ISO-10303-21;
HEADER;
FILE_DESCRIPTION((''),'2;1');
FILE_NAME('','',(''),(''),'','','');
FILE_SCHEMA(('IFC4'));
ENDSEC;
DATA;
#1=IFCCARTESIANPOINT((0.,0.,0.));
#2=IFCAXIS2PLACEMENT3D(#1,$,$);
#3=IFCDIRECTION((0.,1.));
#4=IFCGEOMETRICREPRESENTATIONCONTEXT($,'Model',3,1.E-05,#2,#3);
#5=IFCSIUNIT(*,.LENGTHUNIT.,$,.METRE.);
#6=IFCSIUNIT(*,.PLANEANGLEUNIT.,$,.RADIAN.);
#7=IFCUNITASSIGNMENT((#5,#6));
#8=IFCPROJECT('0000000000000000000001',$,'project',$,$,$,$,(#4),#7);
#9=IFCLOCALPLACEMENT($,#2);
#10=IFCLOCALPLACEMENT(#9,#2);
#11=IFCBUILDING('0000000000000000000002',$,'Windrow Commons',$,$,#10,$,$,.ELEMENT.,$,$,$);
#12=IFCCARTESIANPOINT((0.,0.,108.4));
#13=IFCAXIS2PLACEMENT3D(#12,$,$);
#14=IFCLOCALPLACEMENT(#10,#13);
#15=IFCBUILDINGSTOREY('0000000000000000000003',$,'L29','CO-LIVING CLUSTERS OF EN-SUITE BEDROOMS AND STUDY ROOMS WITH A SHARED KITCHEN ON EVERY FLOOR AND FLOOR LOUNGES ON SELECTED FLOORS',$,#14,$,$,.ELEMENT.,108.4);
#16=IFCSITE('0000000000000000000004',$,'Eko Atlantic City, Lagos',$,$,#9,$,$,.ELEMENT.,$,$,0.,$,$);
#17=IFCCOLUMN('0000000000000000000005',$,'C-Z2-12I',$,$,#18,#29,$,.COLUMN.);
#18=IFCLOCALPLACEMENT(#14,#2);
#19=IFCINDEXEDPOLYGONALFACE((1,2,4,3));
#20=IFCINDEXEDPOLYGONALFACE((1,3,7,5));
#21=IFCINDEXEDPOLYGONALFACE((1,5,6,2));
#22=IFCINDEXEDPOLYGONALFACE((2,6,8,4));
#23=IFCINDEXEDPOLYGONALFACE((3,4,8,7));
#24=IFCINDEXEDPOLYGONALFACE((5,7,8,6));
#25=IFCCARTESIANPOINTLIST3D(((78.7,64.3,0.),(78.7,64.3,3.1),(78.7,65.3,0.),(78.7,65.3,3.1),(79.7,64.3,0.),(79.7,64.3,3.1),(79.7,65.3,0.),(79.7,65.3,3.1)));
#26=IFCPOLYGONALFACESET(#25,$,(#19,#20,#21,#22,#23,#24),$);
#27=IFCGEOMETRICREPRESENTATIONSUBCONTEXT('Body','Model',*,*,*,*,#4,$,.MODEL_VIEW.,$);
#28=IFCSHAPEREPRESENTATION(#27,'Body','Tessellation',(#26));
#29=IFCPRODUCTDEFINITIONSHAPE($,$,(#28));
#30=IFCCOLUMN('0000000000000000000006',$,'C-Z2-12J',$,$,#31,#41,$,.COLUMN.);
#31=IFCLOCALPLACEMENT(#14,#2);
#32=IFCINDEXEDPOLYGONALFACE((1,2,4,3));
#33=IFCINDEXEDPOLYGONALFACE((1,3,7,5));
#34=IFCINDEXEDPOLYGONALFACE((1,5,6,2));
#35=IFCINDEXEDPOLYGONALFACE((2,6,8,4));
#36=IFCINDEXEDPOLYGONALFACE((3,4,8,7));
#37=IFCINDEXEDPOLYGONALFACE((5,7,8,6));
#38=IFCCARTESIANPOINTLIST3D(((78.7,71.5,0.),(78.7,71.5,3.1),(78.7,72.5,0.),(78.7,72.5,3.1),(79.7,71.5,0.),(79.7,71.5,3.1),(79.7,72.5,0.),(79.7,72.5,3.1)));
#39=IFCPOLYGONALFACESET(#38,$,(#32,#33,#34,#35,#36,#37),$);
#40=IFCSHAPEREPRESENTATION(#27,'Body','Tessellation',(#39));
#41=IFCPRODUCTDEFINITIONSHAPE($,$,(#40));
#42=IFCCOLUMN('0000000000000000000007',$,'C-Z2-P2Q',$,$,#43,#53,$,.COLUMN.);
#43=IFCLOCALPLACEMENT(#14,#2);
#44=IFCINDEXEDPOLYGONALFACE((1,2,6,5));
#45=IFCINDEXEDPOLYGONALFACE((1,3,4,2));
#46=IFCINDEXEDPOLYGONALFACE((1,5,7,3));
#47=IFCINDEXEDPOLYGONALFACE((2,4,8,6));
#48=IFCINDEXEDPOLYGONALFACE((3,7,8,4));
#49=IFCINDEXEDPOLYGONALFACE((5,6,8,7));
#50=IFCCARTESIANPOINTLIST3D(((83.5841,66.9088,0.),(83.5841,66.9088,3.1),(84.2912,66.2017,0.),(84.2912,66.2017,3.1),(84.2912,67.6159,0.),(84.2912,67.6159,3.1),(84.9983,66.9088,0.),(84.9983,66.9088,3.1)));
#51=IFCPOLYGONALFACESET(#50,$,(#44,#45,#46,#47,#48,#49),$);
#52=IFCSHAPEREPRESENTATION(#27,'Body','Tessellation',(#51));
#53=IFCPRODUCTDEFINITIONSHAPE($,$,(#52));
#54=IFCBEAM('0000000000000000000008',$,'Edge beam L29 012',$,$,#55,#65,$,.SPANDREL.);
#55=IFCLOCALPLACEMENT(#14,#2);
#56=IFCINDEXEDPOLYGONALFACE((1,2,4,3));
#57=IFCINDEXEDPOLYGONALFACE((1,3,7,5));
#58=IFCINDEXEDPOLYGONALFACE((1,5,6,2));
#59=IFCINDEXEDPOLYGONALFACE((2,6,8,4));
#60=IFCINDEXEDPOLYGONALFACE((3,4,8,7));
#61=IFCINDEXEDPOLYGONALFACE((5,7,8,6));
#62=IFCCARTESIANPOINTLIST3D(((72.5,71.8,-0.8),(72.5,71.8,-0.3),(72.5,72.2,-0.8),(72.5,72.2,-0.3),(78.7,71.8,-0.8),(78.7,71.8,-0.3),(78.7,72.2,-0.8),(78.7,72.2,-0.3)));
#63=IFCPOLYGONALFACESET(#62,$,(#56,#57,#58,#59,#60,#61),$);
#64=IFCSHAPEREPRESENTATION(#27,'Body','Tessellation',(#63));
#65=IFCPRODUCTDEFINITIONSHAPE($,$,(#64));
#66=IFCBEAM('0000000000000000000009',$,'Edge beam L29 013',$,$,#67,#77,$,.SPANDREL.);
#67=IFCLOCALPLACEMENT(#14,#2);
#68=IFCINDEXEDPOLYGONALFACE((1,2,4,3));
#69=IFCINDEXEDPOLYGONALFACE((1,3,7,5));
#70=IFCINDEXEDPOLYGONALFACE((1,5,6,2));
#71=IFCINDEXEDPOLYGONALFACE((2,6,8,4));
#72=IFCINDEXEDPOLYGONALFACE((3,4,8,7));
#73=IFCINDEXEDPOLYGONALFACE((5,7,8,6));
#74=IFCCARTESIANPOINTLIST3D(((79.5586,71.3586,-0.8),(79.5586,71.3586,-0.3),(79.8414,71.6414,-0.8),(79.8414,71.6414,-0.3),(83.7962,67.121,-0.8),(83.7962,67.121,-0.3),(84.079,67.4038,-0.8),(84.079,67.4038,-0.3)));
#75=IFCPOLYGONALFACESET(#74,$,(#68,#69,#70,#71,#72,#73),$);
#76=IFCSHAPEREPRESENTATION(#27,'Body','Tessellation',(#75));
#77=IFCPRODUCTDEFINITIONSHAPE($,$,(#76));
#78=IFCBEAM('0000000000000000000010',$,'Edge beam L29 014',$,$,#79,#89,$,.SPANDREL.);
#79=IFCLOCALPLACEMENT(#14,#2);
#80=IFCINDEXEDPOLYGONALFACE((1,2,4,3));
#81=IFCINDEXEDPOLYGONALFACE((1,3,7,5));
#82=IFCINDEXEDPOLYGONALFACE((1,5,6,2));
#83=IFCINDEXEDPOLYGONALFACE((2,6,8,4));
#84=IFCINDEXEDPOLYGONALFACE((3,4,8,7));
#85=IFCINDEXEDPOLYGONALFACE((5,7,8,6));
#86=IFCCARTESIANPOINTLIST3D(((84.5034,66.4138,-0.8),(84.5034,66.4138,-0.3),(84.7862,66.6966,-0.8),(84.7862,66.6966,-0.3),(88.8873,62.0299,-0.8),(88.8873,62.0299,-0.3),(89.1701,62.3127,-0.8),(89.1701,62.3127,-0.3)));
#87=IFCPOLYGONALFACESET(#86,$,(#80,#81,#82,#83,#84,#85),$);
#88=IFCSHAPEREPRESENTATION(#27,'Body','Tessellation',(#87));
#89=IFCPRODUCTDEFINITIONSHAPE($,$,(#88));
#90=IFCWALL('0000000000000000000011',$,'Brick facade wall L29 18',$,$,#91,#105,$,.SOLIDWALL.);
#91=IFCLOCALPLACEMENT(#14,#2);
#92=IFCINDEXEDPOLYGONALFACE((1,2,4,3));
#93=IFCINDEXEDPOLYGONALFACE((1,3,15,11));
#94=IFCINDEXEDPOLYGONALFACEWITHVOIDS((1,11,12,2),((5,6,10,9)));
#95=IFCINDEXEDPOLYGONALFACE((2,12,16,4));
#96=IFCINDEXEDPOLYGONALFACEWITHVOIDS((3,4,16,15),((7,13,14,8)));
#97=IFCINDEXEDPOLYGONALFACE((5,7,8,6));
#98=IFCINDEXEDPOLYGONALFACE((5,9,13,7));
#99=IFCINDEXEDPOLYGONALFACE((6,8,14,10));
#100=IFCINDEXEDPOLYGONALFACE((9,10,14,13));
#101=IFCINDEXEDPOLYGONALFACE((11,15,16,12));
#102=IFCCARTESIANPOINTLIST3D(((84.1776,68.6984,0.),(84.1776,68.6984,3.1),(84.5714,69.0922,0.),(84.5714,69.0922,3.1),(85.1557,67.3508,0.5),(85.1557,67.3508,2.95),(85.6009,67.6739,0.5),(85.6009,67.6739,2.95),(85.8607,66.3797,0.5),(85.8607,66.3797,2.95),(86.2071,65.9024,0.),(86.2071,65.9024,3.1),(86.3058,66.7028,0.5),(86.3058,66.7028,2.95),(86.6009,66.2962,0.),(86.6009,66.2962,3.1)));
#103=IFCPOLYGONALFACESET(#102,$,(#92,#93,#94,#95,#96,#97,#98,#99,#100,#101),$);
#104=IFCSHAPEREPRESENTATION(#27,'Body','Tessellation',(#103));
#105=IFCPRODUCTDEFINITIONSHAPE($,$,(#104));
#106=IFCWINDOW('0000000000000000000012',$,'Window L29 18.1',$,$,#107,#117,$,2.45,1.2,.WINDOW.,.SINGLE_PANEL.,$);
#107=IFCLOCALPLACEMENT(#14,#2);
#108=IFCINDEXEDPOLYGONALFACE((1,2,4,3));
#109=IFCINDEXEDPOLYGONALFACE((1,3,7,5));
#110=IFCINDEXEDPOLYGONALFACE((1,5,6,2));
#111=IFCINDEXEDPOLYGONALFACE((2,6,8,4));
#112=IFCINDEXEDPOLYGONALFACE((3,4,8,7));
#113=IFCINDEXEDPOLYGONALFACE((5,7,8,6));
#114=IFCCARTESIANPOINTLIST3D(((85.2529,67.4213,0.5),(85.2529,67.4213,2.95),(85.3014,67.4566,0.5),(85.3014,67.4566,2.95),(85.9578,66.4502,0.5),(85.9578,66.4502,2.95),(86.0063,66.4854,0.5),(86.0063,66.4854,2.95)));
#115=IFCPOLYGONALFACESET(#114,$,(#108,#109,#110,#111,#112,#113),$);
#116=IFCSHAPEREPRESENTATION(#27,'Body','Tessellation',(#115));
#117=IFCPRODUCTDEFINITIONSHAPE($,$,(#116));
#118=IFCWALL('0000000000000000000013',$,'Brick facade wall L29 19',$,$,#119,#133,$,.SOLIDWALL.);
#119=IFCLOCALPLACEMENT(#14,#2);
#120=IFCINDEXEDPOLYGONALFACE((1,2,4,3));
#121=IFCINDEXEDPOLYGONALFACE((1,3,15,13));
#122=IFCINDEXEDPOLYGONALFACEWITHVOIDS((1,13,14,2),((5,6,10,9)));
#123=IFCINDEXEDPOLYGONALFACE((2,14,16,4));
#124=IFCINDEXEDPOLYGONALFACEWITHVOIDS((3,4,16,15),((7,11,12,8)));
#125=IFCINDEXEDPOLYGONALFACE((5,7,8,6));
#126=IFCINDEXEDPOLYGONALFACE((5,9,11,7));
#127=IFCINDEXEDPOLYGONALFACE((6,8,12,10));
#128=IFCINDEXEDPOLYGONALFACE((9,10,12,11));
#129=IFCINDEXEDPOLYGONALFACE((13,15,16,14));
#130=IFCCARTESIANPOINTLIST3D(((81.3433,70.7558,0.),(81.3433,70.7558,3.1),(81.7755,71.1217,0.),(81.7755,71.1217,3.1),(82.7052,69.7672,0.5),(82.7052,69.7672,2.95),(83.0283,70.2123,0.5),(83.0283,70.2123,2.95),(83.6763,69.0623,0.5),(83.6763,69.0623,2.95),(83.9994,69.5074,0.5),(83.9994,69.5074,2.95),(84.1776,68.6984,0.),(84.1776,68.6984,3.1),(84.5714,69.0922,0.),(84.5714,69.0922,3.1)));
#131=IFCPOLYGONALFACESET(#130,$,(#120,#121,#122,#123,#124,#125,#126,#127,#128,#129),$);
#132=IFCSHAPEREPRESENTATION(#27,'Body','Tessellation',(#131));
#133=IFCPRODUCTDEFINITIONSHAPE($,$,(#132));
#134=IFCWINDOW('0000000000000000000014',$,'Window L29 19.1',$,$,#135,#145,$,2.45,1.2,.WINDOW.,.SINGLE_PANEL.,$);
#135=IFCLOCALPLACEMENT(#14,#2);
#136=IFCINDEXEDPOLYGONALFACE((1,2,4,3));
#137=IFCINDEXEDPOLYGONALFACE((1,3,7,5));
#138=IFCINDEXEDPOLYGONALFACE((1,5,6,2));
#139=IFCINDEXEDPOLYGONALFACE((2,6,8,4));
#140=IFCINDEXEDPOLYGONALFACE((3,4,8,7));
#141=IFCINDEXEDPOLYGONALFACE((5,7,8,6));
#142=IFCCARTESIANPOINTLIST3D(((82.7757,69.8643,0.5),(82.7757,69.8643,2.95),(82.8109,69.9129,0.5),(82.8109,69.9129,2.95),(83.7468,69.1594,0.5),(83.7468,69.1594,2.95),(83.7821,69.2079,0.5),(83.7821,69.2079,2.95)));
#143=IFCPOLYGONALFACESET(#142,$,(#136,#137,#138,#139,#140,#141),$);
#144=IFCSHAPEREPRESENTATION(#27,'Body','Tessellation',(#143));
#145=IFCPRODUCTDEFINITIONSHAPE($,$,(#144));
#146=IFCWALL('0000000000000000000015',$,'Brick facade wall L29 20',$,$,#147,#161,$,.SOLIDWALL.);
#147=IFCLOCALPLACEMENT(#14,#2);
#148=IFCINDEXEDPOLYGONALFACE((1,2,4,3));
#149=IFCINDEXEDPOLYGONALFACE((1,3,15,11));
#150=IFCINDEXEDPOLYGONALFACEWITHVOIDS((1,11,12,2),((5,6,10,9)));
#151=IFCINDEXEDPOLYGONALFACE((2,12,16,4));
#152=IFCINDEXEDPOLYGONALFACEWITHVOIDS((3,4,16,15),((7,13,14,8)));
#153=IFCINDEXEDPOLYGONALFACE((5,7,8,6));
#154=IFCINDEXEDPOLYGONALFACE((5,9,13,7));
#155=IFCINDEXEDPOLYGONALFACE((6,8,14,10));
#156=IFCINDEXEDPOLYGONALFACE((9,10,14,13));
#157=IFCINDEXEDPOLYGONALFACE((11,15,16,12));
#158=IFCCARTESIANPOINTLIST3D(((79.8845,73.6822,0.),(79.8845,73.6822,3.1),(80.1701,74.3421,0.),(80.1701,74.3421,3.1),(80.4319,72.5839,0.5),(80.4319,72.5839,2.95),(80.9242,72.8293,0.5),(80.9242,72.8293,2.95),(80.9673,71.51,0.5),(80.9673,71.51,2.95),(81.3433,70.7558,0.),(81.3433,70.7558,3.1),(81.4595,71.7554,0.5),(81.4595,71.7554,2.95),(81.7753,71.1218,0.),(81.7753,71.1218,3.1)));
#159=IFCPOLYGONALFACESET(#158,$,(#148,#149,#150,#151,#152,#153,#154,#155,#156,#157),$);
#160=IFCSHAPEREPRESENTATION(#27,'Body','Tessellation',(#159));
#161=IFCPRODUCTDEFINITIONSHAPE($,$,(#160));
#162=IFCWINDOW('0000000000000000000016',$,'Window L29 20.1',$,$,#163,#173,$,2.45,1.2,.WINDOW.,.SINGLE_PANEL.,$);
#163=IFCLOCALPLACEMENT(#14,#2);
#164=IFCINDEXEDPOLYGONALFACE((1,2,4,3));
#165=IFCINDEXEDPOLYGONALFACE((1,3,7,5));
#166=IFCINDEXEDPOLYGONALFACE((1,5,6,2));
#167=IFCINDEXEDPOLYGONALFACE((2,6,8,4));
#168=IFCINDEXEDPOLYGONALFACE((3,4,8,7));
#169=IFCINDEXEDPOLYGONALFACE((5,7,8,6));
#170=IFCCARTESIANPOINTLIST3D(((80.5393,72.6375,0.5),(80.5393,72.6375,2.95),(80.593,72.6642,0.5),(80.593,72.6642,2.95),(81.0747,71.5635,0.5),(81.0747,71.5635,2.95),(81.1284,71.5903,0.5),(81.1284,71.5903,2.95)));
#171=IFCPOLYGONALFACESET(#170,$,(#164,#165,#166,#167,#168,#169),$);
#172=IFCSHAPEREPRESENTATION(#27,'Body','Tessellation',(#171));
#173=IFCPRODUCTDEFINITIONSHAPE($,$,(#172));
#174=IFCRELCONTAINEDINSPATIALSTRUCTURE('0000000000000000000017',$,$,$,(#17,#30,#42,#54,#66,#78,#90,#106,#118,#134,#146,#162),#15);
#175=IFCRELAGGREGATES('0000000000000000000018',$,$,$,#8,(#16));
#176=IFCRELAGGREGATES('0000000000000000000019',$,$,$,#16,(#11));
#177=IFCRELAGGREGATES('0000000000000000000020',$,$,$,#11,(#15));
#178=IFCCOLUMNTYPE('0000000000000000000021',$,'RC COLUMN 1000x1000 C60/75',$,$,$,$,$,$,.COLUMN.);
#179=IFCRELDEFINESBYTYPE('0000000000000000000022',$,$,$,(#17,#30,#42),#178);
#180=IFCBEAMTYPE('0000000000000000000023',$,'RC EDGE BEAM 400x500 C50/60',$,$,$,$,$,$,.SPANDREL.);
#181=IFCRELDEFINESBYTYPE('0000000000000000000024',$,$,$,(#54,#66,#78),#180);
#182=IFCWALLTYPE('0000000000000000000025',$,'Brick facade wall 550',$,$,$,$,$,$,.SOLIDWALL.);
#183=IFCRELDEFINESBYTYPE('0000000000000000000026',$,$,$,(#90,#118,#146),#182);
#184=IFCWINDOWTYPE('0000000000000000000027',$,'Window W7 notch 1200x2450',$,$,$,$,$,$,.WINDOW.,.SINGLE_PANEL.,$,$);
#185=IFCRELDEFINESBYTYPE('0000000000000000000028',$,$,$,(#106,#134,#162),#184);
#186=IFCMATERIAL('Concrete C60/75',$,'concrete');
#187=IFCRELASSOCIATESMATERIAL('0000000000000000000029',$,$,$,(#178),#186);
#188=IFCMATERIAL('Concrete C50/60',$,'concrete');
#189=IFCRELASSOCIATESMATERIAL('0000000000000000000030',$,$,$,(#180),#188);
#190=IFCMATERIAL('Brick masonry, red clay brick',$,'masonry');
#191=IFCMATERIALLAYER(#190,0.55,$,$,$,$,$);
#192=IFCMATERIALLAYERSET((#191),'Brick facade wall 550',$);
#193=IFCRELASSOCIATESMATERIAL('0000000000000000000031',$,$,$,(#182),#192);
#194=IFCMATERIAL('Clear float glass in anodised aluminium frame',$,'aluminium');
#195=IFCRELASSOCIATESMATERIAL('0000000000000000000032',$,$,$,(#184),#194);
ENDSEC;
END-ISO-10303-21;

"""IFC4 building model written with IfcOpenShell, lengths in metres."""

from ifc_helpers import new_model, si_unit, direction, frame, frame_2d, origin, origin_2d, place, context, subcontext, project, spatial, polyline, rectangle, outline, extrude, material, layer, layer_set, material_profile, profile_set, type_object, element, fill, save


model = new_model("IFC4")

# Units and contexts
model_context = context("Model", 3, precision=1e-05, world=origin(), true_north=direction((0.0, 1.0)))
body_context = subcontext(model_context, "Body", "Model", "MODEL_VIEW")
ifc_project = project(units=[si_unit("LENGTHUNIT", "METRE"), si_unit("PLANEANGLEUNIT", "RADIAN")], contexts=[model_context])

# Site, building, storey
site_placement = place(None, origin())
site = spatial("IfcSite", under=ifc_project, at=site_placement, Name="Eko Atlantic City, Lagos", CompositionType="ELEMENT", RefElevation=0.0)
building_placement = place(site_placement, origin())
building = spatial("IfcBuilding", under=site, at=building_placement, Name="Windrow Commons", CompositionType="ELEMENT")
storey_placement = place(building_placement, frame((0.0, 0.0, 108.4)))
storey = spatial("IfcBuildingStorey", under=building, at=storey_placement, Name="L29", Description="CO-LIVING CLUSTERS OF EN-SUITE BEDROOMS AND STUDY ROOMS WITH A SHARED KITCHEN ON EVERY FLOOR AND FLOOR LOUNGES ON SELECTED FLOORS", CompositionType="ELEMENT", Elevation=108.4)

# Columns
ifc_material_1 = material(Name="Concrete C60/75", Category="concrete")
ifc_material_profile_1 = material_profile(ifc_material_1, rectangle(XDim=1.0, YDim=1.0, at=origin_2d()))
ifc_profile_set_1 = profile_set([ifc_material_profile_1], Name="Concrete C60/75")
column_type = type_object("IfcColumnType", Name="RC COLUMN 1000x1000 C60/75", PredefinedType="COLUMN", material=ifc_profile_set_1)
for number, where, z_axis, x_axis, name in (
    (1, (79.2, 64.8, 0.0), (0.0, 0.0, 1.0), (1.0, 0.0, 0.0), "C-Z2-12I"),
    (2, (79.2, 72.0, 0.0), (0.0, 0.0, 1.0), (1.0, 0.0, 0.0), "C-Z2-12J"),
    (3, (84.2912, 66.9088, 0.0), (0.0, 0.0, 1.0), (0.707107, -0.707107, 0.0), "C-Z2-P2Q"),
):
    element("IfcColumn", number, at=place(storey_placement, frame(where, z_axis=z_axis, x_axis=x_axis)), inside=storey, type_object=column_type, Name=name, PredefinedType="COLUMN", context=body_context, shape_type="SweptSolid", body=[
        extrude(rectangle(XDim=1.0, YDim=1.0, at=origin_2d()), origin(), (0.0, 0.0, 1.0), 3.1),
    ])

# Beams
ifc_material_2 = material(Name="Concrete C50/60", Category="concrete")
ifc_material_profile_2 = material_profile(ifc_material_2, rectangle(XDim=0.4, YDim=0.5, at=origin_2d()))
ifc_profile_set_2 = profile_set([ifc_material_profile_2], Name="Concrete C50/60")
beam_type = type_object("IfcBeamType", Name="RC EDGE BEAM 400x500 C50/60", PredefinedType="SPANDREL", material=ifc_profile_set_2)
beam_1_placement = place(storey_placement, frame((72.5, 72.0, -0.55), z_axis=(1.0, 0.0, 0.0), x_axis=(0.0, 1.0, 0.0)))
element("IfcBeam", 4, at=beam_1_placement, inside=storey, type_object=beam_type, Name="Edge beam L29 012", PredefinedType="SPANDREL", context=body_context, shape_type="SweptSolid", body=[
    extrude(rectangle(XDim=0.4, YDim=0.5, at=origin_2d()), origin(), (0.0, 0.0, 1.0), 6.2),
])
beam_2_placement = place(storey_placement, frame((79.7, 71.5, -0.55), z_axis=(0.707107, -0.707107, 0.0), x_axis=(0.707107, 0.707107, 0.0)))
element("IfcBeam", 5, at=beam_2_placement, inside=storey, type_object=beam_type, Name="Edge beam L29 013", PredefinedType="SPANDREL", context=body_context, shape_type="SweptSolid", body=[
    extrude(rectangle(XDim=0.4, YDim=0.5, at=origin_2d()), origin(), (0.0, 0.0, 1.0), 5.9929),
])
beam_3_placement = place(storey_placement, frame((84.6448, 66.5552, -0.55), z_axis=(0.707107, -0.707107, 0.0), x_axis=(0.707107, 0.707107, 0.0)))
element("IfcBeam", 6, at=beam_3_placement, inside=storey, type_object=beam_type, Name="Edge beam L29 014", PredefinedType="SPANDREL", context=body_context, shape_type="SweptSolid", body=[
    extrude(rectangle(XDim=0.4, YDim=0.5, at=origin_2d()), origin(), (0.0, 0.0, 1.0), 6.1998),
])

# Walls, openings, windows
ifc_material_3 = material(Name="Brick masonry, red clay brick", Category="masonry")
ifc_layer = layer(ifc_material_3, 0.55)
ifc_layer_set = layer_set([ifc_layer], Name="Brick facade wall 550")
wall_type = type_object("IfcWallType", Name="Brick facade wall 550", PredefinedType="SOLIDWALL", material=ifc_layer_set)
wall_1_placement = place(storey_placement, frame((86.404, 66.0993, 0.0), z_axis=(0.0, 0.0, 1.0), x_axis=(-0.587423, 0.80928, 0.0)))
wall_1 = element("IfcWall", 7, at=wall_1_placement, inside=storey, type_object=wall_type, Name="Brick facade wall L29 18", PredefinedType="SOLIDWALL", context=body_context, shape_type="SweptSolid", body=[
    extrude(outline(polyline([(0.0437, -0.275), (3.4986, -0.275), (3.4112, 0.275), (-0.0437, 0.275), (0.0437, -0.275)])), origin(), (0.0, 0.0, 1.0), 3.1),
])
opening_1_placement = place(wall_1_placement, frame((0.5461, 0.0, 0.5)))
opening_1 = element("IfcOpeningElement", 8, at=opening_1_placement, cuts=wall_1, PredefinedType="OPENING", context=body_context, shape_type="SweptSolid", body=[
    extrude(rectangle(XDim=1.2, YDim=2.45, at=frame_2d((0.6, 1.225))), frame((0.0, 0.285, 0.0), z_axis=(0.0, -1.0, 0.0), x_axis=(1.0, 0.0, 0.0)), (0.0, 0.0, 1.0), 0.57),
])
ifc_material_4 = material(Name="Clear float glass in anodised aluminium frame", Category="aluminium")
window_type_1 = type_object("IfcWindowType", Name="Window W7 notch 1200x2450", PartitioningType="SINGLE_PANEL", PredefinedType="WINDOW", material=ifc_material_4)
window_1_placement = place(opening_1_placement, origin())
window_1 = element("IfcWindow", 9, at=window_1_placement, inside=storey, type_object=window_type_1, Name="Window L29 18.1", OverallHeight=2.45, OverallWidth=1.2, PartitioningType="SINGLE_PANEL", PredefinedType="WINDOW", context=body_context, shape_type="SweptSolid", body=[
    extrude(rectangle(XDim=1.2, YDim=2.45, at=frame_2d((0.6, 1.225))), frame((0.0, 0.155, 0.0), z_axis=(0.0, -1.0, 0.0), x_axis=(1.0, 0.0, 0.0)), (0.0, 0.0, 1.0), 0.06),
])
fill(opening_1, window_1)
wall_2_placement = place(storey_placement, frame((84.3745, 68.8953, 0.0), z_axis=(0.0, 0.0, 1.0), x_axis=(-0.809272, 0.587435, 0.0)))
wall_2 = element("IfcWall", 10, at=wall_2_placement, inside=storey, type_object=wall_type, Name="Brick facade wall L29 19", PredefinedType="SOLIDWALL", context=body_context, shape_type="SweptSolid", body=[
    extrude(outline(polyline([(-0.0437, -0.275), (3.4112, -0.275), (3.546, 0.275), (0.0437, 0.275), (-0.0437, -0.275)])), origin(), (0.0, 0.0, 1.0), 3.1),
])
opening_2_placement = place(wall_2_placement, frame((0.6631, 0.0, 0.5)))
opening_2 = element("IfcOpeningElement", 11, at=opening_2_placement, cuts=wall_2, PredefinedType="OPENING", context=body_context, shape_type="SweptSolid", body=[
    extrude(rectangle(XDim=1.2, YDim=2.45, at=frame_2d((0.6, 1.225))), frame((0.0, 0.285, 0.0), z_axis=(0.0, -1.0, 0.0), x_axis=(1.0, 0.0, 0.0)), (0.0, 0.0, 1.0), 0.57),
])
window_2_placement = place(opening_2_placement, origin())
window_2 = element("IfcWindow", 12, at=window_2_placement, inside=storey, type_object=window_type_1, Name="Window L29 19.1", OverallHeight=2.45, OverallWidth=1.2, PartitioningType="SINGLE_PANEL", PredefinedType="WINDOW", context=body_context, shape_type="SweptSolid", body=[
    extrude(rectangle(XDim=1.2, YDim=2.45, at=frame_2d((0.6, 1.225))), frame((0.0, 0.155, 0.0), z_axis=(0.0, -1.0, 0.0), x_axis=(1.0, 0.0, 0.0)), (0.0, 0.0, 1.0), 0.06),
])
fill(opening_2, window_2)
wall_3_placement = place(storey_placement, frame((81.5593, 70.9388, 0.0), z_axis=(0.0, 0.0, 1.0), x_axis=(-0.44613, 0.894968, 0.0)))
wall_3 = element("IfcWall", 13, at=wall_3_placement, inside=storey, type_object=wall_type, Name="Brick facade wall L29 20", PredefinedType="SOLIDWALL", context=body_context, shape_type="SweptSolid", body=[
    extrude(outline(polyline([(0.0674, -0.275), (3.6656, -0.275), (3.2024, 0.275), (-0.0674, 0.275), (0.0674, -0.275)])), origin(), (0.0, 0.0, 1.0), 3.1),
])
opening_3_placement = place(wall_3_placement, frame((0.7753, 0.0, 0.5)))
opening_3 = element("IfcOpeningElement", 14, at=opening_3_placement, cuts=wall_3, PredefinedType="OPENING", context=body_context, shape_type="SweptSolid", body=[
    extrude(rectangle(XDim=1.2, YDim=2.45, at=frame_2d((0.6, 1.225))), frame((0.0, 0.285, 0.0), z_axis=(0.0, -1.0, 0.0), x_axis=(1.0, 0.0, 0.0)), (0.0, 0.0, 1.0), 0.57),
])
window_3_placement = place(opening_3_placement, origin())
window_3 = element("IfcWindow", 15, at=window_3_placement, inside=storey, type_object=window_type_1, Name="Window L29 20.1", OverallHeight=2.45, OverallWidth=1.2, PartitioningType="SINGLE_PANEL", PredefinedType="WINDOW", context=body_context, shape_type="SweptSolid", body=[
    extrude(rectangle(XDim=1.2, YDim=2.45, at=frame_2d((0.6, 1.225))), frame((0.0, 0.155, 0.0), z_axis=(0.0, -1.0, 0.0), x_axis=(1.0, 0.0, 0.0)), (0.0, 0.0, 1.0), 0.06),
])
fill(opening_3, window_3)

save(model, "model.ifc")
